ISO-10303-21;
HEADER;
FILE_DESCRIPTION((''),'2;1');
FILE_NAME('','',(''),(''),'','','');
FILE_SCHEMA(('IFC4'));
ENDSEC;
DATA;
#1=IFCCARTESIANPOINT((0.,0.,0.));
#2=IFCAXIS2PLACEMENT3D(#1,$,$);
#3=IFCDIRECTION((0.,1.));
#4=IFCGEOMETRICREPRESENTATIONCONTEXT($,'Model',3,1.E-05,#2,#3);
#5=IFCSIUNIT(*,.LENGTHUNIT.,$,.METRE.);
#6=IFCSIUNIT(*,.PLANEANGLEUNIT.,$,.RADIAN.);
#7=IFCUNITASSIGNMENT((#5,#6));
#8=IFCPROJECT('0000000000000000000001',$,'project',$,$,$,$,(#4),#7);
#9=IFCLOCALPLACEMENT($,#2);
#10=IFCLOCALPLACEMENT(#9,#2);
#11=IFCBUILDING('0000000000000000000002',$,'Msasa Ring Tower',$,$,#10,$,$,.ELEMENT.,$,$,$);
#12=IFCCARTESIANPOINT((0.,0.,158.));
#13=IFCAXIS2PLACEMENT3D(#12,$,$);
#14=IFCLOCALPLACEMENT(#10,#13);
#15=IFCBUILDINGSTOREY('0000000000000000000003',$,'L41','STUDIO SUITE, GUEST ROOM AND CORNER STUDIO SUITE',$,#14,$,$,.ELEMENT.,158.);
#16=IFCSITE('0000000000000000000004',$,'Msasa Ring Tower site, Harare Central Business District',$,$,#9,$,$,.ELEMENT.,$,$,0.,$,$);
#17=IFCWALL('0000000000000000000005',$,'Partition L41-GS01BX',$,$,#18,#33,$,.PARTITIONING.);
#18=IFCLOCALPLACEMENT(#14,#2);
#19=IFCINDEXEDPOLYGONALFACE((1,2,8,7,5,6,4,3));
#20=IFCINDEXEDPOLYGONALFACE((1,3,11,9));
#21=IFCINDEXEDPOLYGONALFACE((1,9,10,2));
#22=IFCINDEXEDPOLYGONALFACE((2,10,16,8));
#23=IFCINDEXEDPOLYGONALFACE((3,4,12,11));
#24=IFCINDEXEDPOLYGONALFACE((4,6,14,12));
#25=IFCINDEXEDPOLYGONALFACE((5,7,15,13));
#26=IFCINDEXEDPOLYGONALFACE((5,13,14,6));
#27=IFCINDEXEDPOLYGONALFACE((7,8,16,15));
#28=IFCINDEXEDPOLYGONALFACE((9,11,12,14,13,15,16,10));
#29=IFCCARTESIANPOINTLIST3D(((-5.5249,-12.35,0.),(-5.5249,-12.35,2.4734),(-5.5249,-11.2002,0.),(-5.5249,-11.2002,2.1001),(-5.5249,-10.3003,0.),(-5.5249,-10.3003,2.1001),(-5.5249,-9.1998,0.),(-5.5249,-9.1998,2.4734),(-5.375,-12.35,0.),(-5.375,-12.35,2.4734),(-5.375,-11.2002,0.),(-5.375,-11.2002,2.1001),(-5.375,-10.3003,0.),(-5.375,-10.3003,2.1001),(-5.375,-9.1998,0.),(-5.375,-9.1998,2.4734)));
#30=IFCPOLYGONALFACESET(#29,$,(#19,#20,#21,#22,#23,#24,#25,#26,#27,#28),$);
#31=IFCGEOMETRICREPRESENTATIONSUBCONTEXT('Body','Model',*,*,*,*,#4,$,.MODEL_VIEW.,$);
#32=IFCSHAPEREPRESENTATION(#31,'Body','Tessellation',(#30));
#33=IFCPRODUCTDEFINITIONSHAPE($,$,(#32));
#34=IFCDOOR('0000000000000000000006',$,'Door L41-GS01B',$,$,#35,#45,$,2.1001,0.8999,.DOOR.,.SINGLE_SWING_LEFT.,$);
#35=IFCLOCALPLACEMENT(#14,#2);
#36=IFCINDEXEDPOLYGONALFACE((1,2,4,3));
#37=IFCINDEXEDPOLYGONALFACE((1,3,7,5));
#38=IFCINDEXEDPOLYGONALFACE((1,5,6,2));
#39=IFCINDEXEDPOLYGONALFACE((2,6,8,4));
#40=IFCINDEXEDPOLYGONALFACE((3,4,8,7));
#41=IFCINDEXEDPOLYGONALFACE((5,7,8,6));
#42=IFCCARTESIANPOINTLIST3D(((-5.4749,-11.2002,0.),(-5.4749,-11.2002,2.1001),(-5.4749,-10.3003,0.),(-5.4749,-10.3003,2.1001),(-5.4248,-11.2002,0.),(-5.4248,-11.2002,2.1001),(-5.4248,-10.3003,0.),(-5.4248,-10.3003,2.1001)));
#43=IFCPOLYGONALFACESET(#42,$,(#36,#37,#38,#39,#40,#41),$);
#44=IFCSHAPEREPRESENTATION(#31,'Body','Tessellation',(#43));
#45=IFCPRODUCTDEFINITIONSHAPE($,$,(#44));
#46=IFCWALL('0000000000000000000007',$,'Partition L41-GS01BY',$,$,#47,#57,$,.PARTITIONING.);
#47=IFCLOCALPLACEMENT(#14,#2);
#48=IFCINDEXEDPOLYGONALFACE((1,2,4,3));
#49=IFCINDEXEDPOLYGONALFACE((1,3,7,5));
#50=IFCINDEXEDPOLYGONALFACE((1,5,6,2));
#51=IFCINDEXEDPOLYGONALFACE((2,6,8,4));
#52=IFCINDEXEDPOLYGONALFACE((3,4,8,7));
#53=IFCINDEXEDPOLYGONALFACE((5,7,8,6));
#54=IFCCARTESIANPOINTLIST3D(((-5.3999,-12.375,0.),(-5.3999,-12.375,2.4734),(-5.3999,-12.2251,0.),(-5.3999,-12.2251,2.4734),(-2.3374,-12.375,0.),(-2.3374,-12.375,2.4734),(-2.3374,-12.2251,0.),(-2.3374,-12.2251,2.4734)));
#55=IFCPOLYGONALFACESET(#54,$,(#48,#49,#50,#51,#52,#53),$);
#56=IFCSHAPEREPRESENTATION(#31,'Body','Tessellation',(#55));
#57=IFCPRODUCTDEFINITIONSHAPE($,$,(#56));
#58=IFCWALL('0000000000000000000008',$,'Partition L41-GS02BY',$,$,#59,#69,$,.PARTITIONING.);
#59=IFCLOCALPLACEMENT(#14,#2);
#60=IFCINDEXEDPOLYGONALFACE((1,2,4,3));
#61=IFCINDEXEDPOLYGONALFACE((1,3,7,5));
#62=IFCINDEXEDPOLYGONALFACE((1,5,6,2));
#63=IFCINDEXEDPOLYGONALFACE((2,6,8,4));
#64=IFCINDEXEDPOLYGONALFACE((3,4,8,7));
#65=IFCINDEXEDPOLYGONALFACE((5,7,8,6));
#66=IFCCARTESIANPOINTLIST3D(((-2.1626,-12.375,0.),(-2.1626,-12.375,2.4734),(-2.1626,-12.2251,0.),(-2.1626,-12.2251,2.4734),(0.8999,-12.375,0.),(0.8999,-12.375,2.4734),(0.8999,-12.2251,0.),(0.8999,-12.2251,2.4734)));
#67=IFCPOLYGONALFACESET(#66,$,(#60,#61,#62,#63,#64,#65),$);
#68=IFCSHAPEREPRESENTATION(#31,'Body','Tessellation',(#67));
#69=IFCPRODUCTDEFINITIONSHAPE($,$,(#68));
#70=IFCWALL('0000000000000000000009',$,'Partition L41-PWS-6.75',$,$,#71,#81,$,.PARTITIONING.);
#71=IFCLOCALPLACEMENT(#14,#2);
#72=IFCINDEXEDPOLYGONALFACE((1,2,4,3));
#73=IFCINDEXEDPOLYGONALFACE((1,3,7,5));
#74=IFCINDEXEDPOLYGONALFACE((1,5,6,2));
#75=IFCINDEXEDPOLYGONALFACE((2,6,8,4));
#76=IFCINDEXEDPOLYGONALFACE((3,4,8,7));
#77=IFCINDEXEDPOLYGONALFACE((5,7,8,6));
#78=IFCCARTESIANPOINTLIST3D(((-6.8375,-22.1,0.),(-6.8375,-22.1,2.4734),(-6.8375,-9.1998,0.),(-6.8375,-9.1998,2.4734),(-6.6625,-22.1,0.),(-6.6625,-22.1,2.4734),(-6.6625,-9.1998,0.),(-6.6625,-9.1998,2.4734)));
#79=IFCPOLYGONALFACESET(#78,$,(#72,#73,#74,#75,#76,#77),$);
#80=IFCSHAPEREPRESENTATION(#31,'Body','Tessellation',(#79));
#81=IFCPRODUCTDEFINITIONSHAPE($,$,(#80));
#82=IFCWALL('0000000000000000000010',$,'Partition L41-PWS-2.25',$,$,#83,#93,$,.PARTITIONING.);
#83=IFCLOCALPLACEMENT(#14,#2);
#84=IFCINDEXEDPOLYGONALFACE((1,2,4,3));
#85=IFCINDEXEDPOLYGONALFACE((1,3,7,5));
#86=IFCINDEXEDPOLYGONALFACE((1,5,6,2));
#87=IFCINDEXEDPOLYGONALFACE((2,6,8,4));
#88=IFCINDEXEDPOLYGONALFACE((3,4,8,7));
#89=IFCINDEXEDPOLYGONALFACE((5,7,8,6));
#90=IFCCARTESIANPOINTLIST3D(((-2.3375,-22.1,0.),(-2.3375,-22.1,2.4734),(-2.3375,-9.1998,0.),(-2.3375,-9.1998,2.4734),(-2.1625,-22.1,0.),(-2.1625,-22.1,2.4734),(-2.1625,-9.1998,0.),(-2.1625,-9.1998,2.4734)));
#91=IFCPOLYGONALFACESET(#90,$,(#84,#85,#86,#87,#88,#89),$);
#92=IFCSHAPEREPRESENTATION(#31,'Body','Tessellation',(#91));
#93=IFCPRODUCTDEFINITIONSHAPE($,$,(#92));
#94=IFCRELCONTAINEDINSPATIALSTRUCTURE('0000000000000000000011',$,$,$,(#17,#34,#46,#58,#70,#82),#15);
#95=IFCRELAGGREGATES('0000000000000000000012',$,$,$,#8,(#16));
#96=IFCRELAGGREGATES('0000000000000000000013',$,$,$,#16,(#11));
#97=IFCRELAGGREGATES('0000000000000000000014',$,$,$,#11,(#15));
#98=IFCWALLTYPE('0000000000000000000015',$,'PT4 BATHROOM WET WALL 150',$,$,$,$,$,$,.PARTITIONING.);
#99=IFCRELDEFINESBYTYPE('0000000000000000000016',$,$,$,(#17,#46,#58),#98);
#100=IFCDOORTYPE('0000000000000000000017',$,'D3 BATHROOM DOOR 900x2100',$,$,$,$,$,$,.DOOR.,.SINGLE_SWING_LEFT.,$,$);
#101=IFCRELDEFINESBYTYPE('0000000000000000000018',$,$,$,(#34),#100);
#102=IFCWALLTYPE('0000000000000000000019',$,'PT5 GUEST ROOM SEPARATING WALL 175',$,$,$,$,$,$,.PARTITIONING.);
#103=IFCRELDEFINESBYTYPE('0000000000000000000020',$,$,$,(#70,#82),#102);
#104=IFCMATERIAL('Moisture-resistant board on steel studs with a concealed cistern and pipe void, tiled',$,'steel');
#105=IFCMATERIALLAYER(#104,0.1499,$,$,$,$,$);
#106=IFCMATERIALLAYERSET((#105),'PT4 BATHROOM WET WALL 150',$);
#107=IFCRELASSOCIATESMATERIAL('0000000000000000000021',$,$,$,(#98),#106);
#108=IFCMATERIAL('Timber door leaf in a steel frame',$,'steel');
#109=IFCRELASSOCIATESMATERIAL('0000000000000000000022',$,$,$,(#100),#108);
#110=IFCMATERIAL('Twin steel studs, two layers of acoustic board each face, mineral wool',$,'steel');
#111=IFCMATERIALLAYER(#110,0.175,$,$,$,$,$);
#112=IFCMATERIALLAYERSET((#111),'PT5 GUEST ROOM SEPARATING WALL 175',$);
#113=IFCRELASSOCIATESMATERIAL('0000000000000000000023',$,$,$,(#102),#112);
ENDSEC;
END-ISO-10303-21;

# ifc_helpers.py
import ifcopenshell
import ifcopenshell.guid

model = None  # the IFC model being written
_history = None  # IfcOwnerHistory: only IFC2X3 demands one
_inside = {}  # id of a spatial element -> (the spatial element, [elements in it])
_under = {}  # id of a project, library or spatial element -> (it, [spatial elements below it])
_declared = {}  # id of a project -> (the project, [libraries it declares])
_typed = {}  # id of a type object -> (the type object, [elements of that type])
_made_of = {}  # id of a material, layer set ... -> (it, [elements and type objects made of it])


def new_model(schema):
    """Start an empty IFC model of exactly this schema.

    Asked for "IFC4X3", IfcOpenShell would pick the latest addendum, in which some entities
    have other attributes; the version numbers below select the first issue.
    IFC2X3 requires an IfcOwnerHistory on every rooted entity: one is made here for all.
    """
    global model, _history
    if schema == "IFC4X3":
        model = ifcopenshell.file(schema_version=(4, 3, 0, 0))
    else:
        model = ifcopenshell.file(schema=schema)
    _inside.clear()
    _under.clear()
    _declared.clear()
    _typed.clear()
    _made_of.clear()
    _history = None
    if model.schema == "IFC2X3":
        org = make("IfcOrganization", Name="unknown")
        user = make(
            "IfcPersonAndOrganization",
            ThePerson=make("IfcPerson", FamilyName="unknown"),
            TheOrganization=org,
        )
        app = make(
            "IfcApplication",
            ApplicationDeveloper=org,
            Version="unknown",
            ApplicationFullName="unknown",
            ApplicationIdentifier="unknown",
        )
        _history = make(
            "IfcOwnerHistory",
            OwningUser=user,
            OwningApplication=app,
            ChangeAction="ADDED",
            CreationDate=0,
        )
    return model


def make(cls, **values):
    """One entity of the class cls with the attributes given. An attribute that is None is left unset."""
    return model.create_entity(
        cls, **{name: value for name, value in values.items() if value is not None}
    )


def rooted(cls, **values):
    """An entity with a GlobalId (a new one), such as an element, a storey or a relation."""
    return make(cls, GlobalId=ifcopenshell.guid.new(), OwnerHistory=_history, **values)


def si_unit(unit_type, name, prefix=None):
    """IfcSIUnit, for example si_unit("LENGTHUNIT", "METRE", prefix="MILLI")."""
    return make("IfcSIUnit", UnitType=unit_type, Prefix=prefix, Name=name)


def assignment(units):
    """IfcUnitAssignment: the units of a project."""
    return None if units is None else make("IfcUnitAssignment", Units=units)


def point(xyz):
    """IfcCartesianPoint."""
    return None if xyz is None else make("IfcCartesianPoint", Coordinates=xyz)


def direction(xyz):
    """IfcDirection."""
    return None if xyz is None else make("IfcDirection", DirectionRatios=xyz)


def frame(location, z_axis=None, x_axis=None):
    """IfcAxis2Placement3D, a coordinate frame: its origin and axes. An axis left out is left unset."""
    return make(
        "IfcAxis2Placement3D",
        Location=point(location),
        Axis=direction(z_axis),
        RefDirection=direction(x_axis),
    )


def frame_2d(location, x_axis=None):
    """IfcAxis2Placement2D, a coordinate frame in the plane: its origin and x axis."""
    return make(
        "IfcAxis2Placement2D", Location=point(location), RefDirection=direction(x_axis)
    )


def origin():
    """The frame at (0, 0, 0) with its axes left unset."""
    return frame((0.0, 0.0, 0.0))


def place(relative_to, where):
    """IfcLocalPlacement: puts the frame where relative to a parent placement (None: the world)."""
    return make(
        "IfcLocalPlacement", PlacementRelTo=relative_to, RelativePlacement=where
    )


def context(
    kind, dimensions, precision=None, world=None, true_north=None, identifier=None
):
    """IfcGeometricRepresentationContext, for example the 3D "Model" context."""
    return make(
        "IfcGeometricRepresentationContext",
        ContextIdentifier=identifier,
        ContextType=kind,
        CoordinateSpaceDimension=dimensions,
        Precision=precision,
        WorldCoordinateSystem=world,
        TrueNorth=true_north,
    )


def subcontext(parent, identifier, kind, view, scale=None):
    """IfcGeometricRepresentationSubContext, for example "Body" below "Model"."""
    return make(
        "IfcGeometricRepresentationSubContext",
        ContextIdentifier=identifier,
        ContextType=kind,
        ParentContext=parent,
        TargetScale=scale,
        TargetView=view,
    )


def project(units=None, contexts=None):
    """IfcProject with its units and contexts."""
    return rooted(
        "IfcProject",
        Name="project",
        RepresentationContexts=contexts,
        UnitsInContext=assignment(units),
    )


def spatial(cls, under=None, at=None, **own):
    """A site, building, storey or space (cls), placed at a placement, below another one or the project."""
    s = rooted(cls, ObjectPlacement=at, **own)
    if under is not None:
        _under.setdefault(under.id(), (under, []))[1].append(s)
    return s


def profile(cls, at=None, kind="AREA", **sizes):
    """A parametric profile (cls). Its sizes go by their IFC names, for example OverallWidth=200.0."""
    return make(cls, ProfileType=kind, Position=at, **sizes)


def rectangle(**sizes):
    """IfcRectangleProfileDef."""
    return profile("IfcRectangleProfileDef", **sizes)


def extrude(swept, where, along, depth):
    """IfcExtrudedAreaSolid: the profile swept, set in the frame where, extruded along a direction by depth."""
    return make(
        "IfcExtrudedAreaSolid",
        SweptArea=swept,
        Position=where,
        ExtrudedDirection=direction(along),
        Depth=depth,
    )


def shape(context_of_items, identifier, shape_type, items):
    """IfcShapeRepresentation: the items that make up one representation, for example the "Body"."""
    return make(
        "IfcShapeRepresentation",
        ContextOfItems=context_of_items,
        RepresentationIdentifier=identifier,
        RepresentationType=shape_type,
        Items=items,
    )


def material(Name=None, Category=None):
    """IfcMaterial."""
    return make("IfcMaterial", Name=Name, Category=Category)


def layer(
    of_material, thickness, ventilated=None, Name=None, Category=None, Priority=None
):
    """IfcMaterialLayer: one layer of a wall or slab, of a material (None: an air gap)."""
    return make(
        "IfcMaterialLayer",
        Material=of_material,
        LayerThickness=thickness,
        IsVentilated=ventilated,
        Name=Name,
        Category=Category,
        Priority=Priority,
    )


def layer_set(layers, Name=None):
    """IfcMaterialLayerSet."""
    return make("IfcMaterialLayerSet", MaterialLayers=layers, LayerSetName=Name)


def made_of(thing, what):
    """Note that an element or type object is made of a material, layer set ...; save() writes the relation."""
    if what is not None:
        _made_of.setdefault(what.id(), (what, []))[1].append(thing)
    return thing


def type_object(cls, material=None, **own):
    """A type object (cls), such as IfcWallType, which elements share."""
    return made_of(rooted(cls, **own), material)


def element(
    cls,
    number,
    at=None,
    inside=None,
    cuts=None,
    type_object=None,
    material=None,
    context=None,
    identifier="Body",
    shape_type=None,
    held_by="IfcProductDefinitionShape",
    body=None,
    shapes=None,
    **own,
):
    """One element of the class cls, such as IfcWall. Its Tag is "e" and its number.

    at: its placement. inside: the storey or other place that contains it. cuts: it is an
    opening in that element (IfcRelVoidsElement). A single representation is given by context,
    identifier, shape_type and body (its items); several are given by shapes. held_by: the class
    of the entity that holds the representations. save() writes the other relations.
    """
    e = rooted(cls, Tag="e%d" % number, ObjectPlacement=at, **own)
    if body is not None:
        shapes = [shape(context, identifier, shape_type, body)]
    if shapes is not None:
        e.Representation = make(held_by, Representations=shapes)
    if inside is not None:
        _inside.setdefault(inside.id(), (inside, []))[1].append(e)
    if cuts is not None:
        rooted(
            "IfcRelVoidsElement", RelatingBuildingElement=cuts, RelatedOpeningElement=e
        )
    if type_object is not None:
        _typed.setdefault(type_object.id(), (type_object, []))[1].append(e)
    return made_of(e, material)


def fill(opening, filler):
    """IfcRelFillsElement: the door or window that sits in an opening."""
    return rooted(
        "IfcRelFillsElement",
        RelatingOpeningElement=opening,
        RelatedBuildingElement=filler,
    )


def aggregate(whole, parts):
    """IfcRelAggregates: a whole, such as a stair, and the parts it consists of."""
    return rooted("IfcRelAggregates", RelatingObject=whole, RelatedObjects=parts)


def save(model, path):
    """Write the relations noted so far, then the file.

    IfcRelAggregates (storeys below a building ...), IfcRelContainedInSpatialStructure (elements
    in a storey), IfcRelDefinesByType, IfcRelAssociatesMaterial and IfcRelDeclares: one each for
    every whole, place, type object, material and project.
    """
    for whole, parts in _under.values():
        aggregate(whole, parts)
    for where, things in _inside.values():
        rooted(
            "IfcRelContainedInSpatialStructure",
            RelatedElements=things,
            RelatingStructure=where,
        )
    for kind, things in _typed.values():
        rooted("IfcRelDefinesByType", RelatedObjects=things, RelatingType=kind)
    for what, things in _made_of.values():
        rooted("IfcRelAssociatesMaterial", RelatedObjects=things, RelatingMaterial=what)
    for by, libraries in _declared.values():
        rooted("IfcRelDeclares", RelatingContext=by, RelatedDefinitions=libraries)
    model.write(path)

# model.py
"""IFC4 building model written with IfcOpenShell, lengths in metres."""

from ifc_helpers import new_model, si_unit, direction, frame, frame_2d, origin, place, context, subcontext, project, spatial, rectangle, extrude, material, layer, layer_set, type_object, element, fill, save


model = new_model("IFC4")

# Units and contexts
model_context = context("Model", 3, precision=1e-05, world=origin(), true_north=direction((0.0, 1.0)))
body_context = subcontext(model_context, "Body", "Model", "MODEL_VIEW")
ifc_project = project(units=[si_unit("LENGTHUNIT", "METRE"), si_unit("PLANEANGLEUNIT", "RADIAN")], contexts=[model_context])

# Site, building, storey
site_placement = place(None, origin())
site = spatial("IfcSite", under=ifc_project, at=site_placement, Name="Msasa Ring Tower site, Harare Central Business District", CompositionType="ELEMENT", RefElevation=0.0)
building_placement = place(site_placement, origin())
building = spatial("IfcBuilding", under=site, at=building_placement, Name="Msasa Ring Tower", CompositionType="ELEMENT")
storey_placement = place(building_placement, frame((0.0, 0.0, 158.0)))
storey = spatial("IfcBuildingStorey", under=building, at=storey_placement, Name="L41", Description="STUDIO SUITE, GUEST ROOM AND CORNER STUDIO SUITE", CompositionType="ELEMENT", Elevation=158.0)

# Shared definitions
ifc_material_1 = material(Name="Moisture-resistant board on steel studs with a concealed cistern and pipe void, tiled", Category="steel")
ifc_layer_1 = layer(ifc_material_1, 0.1499)
ifc_layer_set_1 = layer_set([ifc_layer_1], Name="PT4 BATHROOM WET WALL 150")
wall_type_1 = type_object("IfcWallType", Name="PT4 BATHROOM WET WALL 150", PredefinedType="PARTITIONING", material=ifc_layer_set_1)

# Wall, opening, door
wall_1_placement = place(storey_placement, frame((-5.45, -12.3501, 0.0), z_axis=(0.0, 0.0, 1.0), x_axis=(0.0, 1.0, 0.0)))
wall_1 = element("IfcWall", 1, at=wall_1_placement, inside=storey, type_object=wall_type_1, Name="Partition L41-GS01BX", PredefinedType="PARTITIONING", context=body_context, shape_type="SweptSolid", body=[
    extrude(rectangle(XDim=3.1501, YDim=0.1499, at=frame_2d((1.5752, 0.0))), origin(), (0.0, 0.0, 1.0), 2.4734),
])
opening_1_placement = place(wall_1_placement, frame((1.1499, 0.0, 0.0)))
opening_1 = element("IfcOpeningElement", 2, at=opening_1_placement, cuts=wall_1, PredefinedType="OPENING", context=body_context, shape_type="SweptSolid", body=[
    extrude(rectangle(XDim=0.8999, YDim=2.1001, at=frame_2d((0.45, 1.05))), frame((0.0, 0.085, 0.0), z_axis=(0.0, -1.0, 0.0), x_axis=(1.0, 0.0, 0.0)), (0.0, 0.0, 1.0), 0.1699),
])
ifc_material_2 = material(Name="Timber door leaf in a steel frame", Category="steel")
door_type = type_object("IfcDoorType", Name="D3 BATHROOM DOOR 900x2100", OperationType="SINGLE_SWING_LEFT", PredefinedType="DOOR", material=ifc_material_2)
door_placement = place(opening_1_placement, origin())
door = element("IfcDoor", 3, at=door_placement, inside=storey, type_object=door_type, Name="Door L41-GS01B", OperationType="SINGLE_SWING_LEFT", OverallHeight=2.1001, OverallWidth=0.8999, PredefinedType="DOOR", context=body_context, shape_type="SweptSolid", body=[
    extrude(rectangle(XDim=0.8999, YDim=2.1001, at=frame_2d((0.45, 1.05))), frame((0.0, 0.0249, 0.0), z_axis=(0.0, -1.0, 0.0), x_axis=(1.0, 0.0, 0.0)), (0.0, 0.0, 1.0), 0.05),
])
fill(opening_1, door)

# Walls
for number, where, z_axis, x_axis, name in (
    (4, (-5.3999, -12.3, 0.0), (0.0, 0.0, 1.0), (1.0, 0.0, 0.0), "Partition L41-GS01BY"),
    (5, (-2.1626, -12.3, 0.0), (0.0, 0.0, 1.0), (1.0, 0.0, 0.0), "Partition L41-GS02BY"),
):
    element("IfcWall", number, at=place(storey_placement, frame(where, z_axis=z_axis, x_axis=x_axis)), inside=storey, type_object=wall_type_1, Name=name, PredefinedType="PARTITIONING", context=body_context, shape_type="SweptSolid", body=[
        extrude(rectangle(XDim=3.0625, YDim=0.1499, at=frame_2d((1.5312, 0.0))), origin(), (0.0, 0.0, 1.0), 2.4734),
    ])
ifc_material_3 = material(Name="Twin steel studs, two layers of acoustic board each face, mineral wool", Category="steel")
ifc_layer_2 = layer(ifc_material_3, 0.175)
ifc_layer_set_2 = layer_set([ifc_layer_2], Name="PT5 GUEST ROOM SEPARATING WALL 175")
wall_type_2 = type_object("IfcWallType", Name="PT5 GUEST ROOM SEPARATING WALL 175", PredefinedType="PARTITIONING", material=ifc_layer_set_2)
for number, where, z_axis, x_axis, name in (
    (6, (-6.75, -22.1001, 0.0), (0.0, 0.0, 1.0), (0.0, 1.0, 0.0), "Partition L41-PWS-6.75"),
    (7, (-2.25, -22.1001, 0.0), (0.0, 0.0, 1.0), (0.0, 1.0, 0.0), "Partition L41-PWS-2.25"),
):
    element("IfcWall", number, at=place(storey_placement, frame(where, z_axis=z_axis, x_axis=x_axis)), inside=storey, type_object=wall_type_2, Name=name, PredefinedType="PARTITIONING", context=body_context, shape_type="SweptSolid", body=[
        extrude(rectangle(XDim=12.9001, YDim=0.175, at=frame_2d((6.4502, 0.0))), origin(), (0.0, 0.0, 1.0), 2.4734),
    ])

save(model, "model.ifc")
